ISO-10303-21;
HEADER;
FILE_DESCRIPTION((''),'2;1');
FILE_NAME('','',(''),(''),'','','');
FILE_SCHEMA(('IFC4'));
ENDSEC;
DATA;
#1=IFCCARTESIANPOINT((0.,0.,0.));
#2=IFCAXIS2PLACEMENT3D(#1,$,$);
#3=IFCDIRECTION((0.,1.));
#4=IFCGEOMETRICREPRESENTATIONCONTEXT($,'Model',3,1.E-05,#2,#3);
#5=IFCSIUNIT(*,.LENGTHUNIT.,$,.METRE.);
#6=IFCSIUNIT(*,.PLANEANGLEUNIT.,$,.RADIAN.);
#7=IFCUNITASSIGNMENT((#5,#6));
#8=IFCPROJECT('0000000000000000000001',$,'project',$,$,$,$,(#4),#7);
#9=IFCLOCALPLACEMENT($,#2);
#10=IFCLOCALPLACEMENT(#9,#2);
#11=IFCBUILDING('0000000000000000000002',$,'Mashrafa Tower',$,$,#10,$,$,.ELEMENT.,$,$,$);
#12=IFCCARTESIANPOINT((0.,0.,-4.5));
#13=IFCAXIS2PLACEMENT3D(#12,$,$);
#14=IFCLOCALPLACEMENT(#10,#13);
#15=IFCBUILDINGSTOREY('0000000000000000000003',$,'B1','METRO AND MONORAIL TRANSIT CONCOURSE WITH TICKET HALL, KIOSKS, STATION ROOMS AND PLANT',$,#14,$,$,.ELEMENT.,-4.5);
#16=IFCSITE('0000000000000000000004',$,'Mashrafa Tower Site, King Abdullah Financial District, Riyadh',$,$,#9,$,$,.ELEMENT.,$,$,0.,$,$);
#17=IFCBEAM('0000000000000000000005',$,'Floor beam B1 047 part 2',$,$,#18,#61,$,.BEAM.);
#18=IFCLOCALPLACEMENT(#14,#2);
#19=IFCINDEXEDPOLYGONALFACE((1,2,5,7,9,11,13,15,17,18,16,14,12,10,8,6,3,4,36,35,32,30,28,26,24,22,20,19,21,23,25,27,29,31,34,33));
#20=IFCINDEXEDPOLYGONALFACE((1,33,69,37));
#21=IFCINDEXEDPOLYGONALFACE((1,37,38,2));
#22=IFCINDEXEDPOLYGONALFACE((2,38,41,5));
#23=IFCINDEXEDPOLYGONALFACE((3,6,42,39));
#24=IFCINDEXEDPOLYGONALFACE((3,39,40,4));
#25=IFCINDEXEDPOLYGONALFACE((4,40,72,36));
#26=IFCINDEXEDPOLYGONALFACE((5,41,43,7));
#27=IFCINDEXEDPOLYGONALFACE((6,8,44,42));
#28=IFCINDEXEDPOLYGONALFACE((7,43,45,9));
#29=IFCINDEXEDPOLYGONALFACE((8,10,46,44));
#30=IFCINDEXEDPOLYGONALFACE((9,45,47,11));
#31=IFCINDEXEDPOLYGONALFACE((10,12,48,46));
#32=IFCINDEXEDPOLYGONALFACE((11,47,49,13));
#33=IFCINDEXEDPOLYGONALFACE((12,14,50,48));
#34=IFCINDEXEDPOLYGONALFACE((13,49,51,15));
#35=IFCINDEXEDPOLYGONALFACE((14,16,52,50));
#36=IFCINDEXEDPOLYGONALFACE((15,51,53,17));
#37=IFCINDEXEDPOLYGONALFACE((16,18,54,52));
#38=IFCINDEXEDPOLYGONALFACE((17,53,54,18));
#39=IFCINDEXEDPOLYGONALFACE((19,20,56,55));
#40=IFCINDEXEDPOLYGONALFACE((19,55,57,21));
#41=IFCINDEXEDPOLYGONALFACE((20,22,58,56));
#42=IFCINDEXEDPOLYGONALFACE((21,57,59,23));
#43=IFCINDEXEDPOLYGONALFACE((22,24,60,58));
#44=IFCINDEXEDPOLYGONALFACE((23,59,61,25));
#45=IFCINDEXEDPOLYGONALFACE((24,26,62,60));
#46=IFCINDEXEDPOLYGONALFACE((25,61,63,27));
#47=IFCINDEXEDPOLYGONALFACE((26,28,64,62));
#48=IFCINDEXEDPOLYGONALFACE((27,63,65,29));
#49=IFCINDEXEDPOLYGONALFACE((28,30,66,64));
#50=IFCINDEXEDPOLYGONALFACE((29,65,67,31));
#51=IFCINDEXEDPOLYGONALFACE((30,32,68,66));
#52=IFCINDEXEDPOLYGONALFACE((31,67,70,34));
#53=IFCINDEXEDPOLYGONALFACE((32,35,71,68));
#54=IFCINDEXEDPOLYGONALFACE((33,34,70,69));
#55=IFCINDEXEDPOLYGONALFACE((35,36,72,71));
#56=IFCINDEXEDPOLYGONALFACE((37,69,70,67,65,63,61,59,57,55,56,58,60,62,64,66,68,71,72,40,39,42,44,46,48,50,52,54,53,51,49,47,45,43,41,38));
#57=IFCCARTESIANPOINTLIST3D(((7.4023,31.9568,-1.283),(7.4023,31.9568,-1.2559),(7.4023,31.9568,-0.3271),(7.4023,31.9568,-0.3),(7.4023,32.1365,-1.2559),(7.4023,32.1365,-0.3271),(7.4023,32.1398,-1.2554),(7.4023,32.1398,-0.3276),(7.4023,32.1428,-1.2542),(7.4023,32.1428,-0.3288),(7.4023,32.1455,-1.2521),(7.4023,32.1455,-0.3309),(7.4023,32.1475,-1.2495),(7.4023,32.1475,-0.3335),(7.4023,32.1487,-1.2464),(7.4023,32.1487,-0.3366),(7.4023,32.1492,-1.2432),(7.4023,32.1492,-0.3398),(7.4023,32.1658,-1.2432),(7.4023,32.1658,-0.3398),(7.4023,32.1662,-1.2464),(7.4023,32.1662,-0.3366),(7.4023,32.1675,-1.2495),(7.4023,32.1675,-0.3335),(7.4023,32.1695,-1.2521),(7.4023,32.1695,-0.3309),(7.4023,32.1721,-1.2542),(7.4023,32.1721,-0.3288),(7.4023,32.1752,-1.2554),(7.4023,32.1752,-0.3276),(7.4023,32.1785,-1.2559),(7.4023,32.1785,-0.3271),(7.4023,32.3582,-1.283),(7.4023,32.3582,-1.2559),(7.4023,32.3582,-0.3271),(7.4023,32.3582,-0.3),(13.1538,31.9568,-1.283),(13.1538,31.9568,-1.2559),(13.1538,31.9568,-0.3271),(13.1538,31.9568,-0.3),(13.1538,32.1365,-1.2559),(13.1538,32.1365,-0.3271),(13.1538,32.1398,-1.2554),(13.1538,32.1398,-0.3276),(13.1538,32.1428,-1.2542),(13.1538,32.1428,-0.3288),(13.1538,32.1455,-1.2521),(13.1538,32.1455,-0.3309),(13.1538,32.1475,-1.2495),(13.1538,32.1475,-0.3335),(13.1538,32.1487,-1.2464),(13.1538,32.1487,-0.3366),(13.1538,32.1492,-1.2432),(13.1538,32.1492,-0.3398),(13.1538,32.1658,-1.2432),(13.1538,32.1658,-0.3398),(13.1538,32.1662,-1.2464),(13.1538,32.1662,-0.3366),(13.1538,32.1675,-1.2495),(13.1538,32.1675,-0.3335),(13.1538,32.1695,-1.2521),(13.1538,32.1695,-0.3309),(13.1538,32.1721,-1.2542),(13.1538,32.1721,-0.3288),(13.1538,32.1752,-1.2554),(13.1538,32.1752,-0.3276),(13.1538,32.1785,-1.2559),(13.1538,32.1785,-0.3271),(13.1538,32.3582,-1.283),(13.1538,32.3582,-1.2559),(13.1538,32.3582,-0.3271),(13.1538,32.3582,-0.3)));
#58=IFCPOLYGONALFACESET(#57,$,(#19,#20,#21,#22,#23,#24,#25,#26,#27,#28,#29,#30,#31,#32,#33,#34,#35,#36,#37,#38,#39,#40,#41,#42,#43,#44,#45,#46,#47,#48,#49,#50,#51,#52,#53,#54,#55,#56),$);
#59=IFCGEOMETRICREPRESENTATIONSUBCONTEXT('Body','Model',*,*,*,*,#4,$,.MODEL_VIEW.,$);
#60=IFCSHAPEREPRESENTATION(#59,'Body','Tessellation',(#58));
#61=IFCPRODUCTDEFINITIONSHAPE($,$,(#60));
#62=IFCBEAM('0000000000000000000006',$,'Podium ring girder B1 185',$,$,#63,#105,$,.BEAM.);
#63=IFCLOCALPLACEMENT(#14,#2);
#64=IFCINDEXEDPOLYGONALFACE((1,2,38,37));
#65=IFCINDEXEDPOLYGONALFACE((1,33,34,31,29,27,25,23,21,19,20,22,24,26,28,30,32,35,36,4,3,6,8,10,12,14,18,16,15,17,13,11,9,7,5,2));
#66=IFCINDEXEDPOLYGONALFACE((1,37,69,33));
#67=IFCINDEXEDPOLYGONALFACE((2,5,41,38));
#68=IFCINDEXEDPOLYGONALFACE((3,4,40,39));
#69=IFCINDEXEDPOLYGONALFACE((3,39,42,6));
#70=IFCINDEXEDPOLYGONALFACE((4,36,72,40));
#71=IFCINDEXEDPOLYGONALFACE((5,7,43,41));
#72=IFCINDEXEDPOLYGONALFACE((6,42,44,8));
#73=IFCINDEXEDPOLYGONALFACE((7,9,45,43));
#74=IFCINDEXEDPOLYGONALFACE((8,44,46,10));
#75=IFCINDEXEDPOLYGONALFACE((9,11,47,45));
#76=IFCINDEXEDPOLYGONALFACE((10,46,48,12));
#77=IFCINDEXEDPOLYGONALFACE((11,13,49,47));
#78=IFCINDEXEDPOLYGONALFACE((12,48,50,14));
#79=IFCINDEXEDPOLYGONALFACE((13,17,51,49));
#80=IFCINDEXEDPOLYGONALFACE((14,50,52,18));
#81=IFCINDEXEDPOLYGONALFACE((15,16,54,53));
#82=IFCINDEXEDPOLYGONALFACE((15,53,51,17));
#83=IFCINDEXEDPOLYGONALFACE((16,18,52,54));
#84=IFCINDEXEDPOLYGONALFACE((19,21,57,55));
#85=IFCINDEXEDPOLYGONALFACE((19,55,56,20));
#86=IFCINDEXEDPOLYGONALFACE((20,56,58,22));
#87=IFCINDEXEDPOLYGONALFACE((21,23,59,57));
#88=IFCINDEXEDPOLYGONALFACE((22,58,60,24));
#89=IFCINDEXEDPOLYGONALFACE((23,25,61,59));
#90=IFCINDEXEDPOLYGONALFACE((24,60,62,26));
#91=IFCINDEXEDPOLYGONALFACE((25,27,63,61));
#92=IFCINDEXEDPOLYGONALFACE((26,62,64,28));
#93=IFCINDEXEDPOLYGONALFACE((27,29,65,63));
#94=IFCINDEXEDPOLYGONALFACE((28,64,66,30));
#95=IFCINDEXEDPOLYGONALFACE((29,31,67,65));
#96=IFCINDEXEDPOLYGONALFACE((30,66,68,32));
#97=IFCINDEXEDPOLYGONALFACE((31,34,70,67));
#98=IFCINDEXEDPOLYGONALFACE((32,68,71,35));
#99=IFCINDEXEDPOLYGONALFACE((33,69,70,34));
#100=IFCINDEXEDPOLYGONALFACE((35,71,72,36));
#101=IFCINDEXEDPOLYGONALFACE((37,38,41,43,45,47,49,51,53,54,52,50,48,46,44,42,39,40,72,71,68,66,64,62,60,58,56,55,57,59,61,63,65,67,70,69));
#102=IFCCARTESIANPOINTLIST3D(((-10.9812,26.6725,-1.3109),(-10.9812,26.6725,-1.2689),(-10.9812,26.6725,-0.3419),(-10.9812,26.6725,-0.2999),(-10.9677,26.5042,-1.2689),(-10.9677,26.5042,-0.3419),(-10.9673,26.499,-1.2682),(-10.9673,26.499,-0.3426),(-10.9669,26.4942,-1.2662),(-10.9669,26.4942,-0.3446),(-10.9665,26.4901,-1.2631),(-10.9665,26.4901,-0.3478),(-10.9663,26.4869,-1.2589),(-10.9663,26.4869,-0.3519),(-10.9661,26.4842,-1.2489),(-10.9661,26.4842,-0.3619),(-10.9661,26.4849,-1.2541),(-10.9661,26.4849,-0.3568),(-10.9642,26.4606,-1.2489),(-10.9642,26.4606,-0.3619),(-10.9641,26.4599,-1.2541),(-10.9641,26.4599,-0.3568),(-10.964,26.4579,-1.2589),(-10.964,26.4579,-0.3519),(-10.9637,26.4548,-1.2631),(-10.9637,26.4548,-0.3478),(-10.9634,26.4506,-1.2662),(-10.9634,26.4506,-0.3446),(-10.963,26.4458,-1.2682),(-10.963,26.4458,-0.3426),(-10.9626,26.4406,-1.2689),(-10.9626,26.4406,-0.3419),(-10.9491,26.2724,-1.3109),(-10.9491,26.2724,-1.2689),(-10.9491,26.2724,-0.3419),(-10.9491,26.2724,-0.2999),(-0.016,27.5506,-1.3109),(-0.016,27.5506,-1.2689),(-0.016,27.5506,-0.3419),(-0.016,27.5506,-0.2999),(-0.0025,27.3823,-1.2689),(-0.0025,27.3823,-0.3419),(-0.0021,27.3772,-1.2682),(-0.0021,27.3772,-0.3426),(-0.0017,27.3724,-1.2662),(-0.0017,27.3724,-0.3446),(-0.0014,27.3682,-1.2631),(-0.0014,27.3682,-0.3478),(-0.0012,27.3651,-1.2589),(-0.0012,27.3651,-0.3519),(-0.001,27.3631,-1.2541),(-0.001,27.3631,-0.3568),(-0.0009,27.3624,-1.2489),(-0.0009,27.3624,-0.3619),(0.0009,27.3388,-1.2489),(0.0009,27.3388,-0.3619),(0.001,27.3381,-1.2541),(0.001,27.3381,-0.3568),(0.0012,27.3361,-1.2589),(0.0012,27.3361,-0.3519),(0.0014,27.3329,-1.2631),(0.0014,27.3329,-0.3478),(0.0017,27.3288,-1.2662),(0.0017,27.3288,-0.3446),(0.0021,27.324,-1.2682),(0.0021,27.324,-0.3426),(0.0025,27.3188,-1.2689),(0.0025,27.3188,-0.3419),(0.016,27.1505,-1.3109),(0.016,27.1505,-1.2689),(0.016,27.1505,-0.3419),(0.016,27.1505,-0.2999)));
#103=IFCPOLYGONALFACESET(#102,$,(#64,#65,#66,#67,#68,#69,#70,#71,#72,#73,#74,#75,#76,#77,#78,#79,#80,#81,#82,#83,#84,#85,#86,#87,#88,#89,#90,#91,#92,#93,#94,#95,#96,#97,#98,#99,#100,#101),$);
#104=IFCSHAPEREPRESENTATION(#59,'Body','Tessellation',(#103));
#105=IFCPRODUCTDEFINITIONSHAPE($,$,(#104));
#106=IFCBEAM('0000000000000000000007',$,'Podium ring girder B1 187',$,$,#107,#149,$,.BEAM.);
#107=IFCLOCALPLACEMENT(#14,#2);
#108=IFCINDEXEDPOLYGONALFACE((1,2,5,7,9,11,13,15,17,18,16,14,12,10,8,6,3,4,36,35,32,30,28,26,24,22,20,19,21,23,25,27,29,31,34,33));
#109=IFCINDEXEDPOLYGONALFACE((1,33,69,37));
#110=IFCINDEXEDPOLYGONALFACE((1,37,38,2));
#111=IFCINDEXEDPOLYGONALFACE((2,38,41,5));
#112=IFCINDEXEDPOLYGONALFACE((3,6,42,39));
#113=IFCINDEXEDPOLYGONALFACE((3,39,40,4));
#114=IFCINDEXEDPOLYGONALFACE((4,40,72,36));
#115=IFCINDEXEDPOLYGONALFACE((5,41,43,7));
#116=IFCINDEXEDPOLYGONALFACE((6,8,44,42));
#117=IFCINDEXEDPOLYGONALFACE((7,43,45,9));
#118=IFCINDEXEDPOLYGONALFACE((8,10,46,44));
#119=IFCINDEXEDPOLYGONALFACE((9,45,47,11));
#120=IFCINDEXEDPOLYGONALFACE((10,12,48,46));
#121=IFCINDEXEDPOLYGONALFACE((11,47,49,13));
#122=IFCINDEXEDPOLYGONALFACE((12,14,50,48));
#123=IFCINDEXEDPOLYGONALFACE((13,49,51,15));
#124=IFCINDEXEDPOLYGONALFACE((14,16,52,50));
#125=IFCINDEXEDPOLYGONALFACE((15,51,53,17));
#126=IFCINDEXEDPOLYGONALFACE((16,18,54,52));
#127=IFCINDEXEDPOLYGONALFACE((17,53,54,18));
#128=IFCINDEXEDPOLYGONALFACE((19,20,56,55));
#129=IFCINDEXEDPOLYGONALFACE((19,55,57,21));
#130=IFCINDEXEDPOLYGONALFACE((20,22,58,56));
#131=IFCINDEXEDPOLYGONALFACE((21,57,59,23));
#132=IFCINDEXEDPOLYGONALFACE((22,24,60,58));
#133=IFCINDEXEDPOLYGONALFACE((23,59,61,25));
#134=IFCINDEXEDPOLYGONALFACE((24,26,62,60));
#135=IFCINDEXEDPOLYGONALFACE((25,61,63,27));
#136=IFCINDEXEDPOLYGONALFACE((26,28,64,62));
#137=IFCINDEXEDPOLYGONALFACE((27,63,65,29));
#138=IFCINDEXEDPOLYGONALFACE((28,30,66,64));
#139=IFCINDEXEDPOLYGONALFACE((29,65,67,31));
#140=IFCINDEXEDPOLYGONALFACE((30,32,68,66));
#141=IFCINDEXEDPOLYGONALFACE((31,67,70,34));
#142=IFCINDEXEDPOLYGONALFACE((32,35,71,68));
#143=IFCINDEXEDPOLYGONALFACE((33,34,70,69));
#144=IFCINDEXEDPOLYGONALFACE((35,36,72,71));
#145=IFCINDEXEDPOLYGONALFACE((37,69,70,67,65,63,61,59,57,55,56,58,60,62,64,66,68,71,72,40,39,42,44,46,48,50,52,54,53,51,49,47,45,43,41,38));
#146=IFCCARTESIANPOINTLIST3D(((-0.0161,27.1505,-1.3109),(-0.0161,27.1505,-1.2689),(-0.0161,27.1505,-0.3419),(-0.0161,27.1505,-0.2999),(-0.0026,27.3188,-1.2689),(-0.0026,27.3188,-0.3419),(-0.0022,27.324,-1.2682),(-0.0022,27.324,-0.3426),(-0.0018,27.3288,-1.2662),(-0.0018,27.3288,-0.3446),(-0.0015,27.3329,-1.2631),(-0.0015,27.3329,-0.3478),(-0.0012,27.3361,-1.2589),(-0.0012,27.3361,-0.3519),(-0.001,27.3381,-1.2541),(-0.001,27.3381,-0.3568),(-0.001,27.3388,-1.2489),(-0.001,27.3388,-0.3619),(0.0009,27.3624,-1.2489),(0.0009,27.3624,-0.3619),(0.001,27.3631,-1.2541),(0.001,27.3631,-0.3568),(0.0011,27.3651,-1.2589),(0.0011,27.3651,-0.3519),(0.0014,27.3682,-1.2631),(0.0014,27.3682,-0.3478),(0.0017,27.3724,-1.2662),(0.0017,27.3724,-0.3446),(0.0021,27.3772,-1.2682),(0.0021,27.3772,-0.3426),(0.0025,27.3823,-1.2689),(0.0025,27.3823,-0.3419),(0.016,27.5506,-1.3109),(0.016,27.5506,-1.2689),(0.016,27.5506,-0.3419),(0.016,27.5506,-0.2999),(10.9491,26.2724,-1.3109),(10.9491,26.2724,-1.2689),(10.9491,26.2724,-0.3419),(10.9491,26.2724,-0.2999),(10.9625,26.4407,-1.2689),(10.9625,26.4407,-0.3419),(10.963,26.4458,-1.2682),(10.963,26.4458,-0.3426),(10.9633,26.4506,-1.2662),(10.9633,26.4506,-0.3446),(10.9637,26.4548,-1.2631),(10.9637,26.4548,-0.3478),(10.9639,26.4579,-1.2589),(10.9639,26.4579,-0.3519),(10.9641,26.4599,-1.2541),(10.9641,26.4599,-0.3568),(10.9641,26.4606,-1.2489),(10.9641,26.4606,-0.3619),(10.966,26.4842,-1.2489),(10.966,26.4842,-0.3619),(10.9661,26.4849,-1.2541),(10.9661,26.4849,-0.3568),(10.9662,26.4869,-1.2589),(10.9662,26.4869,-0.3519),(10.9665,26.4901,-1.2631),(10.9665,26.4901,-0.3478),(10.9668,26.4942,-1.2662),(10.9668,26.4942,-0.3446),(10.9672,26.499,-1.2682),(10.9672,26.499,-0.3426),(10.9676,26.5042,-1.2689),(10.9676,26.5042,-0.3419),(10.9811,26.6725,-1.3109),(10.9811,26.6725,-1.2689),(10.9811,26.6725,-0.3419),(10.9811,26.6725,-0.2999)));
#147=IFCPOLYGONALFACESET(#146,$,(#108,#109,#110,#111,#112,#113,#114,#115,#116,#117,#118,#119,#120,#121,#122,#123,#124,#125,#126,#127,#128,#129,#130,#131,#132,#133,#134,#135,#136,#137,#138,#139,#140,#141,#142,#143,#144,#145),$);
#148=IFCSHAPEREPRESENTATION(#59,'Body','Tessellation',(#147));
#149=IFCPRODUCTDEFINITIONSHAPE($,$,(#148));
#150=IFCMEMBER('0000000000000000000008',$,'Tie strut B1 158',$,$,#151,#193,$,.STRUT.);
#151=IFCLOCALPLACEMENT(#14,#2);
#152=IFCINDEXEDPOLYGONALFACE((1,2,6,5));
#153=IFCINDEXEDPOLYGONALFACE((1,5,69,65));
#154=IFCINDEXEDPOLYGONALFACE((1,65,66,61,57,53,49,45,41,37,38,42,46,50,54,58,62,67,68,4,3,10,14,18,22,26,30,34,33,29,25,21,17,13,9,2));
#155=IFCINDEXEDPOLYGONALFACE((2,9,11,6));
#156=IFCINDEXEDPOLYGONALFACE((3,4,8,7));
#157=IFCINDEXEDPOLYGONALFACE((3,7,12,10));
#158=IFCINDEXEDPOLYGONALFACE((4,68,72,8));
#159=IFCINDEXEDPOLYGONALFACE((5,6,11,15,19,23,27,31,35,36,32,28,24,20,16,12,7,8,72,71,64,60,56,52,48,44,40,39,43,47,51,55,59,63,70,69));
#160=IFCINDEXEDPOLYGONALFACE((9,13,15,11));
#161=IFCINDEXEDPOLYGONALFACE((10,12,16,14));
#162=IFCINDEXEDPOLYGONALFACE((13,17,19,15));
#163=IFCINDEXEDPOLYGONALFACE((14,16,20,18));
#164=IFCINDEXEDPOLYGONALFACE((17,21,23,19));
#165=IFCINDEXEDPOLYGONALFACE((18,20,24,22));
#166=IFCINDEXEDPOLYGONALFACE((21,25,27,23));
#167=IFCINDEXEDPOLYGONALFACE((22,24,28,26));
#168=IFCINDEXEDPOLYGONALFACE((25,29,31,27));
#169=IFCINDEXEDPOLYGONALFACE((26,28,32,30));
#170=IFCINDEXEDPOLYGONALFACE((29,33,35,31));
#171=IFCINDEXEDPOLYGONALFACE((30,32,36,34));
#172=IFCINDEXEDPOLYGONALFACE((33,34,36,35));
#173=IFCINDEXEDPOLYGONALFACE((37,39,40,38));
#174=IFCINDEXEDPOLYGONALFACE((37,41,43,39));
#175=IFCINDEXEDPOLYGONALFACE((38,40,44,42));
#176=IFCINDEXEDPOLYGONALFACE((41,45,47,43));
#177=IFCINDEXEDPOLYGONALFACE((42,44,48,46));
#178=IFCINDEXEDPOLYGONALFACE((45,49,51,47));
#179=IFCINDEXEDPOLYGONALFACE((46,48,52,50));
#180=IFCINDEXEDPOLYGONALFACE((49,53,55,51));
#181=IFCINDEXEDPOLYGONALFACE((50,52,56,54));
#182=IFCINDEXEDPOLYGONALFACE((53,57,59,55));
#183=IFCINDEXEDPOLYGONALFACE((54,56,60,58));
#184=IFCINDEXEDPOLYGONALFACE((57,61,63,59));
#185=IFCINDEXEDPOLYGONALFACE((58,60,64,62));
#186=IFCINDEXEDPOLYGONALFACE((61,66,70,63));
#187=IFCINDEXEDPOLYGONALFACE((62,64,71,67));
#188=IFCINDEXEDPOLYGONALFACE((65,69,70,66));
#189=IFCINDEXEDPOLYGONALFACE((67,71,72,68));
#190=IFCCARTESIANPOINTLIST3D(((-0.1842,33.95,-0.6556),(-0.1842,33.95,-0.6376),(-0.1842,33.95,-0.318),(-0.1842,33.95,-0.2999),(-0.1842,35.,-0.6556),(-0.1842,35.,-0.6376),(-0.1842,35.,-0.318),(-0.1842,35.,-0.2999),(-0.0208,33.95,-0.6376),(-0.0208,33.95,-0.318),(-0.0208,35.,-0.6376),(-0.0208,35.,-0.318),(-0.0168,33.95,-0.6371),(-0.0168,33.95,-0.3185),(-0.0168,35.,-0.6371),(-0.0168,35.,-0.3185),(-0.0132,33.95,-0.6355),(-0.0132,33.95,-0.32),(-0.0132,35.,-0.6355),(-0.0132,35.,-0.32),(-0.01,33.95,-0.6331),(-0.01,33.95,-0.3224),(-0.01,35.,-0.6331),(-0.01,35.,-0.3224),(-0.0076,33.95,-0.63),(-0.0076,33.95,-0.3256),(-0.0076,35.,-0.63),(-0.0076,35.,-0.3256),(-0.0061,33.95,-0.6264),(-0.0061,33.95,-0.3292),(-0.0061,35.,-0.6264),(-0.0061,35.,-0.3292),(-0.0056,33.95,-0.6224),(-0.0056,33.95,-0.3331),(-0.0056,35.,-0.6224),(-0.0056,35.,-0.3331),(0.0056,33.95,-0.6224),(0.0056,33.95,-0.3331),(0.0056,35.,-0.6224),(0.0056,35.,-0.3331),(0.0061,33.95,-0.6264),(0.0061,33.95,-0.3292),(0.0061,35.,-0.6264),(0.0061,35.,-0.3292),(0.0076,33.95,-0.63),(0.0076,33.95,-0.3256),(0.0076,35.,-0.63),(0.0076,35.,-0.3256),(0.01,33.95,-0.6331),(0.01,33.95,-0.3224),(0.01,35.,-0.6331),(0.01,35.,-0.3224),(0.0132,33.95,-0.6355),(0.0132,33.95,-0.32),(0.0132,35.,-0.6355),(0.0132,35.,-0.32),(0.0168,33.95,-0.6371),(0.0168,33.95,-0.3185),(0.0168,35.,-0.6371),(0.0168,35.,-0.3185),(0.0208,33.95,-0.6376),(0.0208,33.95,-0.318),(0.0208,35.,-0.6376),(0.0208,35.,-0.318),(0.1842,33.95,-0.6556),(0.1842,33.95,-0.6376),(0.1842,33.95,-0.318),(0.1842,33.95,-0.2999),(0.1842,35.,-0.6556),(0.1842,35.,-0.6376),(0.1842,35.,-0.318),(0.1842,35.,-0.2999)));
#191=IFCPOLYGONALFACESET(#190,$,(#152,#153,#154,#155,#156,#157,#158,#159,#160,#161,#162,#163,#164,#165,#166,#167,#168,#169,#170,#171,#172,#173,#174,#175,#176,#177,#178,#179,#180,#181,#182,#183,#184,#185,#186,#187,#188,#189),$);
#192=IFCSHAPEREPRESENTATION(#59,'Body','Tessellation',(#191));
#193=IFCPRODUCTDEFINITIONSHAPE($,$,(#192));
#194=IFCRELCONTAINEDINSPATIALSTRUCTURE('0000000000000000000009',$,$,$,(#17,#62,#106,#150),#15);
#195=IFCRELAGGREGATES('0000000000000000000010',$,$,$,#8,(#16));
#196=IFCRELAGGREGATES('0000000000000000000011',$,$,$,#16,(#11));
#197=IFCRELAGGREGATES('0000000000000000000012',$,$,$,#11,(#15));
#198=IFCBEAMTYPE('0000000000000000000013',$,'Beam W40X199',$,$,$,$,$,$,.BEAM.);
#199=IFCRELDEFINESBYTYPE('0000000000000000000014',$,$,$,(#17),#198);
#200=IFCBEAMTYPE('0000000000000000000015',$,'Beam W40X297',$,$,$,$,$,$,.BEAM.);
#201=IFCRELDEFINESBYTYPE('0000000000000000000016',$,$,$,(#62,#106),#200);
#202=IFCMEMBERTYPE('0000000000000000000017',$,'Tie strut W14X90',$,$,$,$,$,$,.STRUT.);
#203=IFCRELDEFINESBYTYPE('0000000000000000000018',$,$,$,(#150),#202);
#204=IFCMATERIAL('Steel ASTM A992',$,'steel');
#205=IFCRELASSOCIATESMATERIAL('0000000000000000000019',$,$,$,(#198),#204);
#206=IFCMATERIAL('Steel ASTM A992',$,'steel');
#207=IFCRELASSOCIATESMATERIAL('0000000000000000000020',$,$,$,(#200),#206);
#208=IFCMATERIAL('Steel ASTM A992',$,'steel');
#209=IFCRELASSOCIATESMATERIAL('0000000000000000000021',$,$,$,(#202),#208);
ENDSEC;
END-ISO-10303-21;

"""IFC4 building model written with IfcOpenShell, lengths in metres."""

from ifc_helpers import new_model, si_unit, direction, frame, origin, origin_2d, place, context, subcontext, project, spatial, i_section, extrude, source, transform, mapped, material, material_profile, profile_set, type_object, element, save


model = new_model("IFC4")

# Units and contexts
model_context = context("Model", 3, precision=1e-05, world=origin(), true_north=direction((0.0, 1.0)))
body_context = subcontext(model_context, "Body", "Model", "MODEL_VIEW")
ifc_project = project(units=[si_unit("LENGTHUNIT", "METRE"), si_unit("PLANEANGLEUNIT", "RADIAN")], contexts=[model_context])

# Site, building, storey
site_placement = place(None, origin())
site = spatial("IfcSite", under=ifc_project, at=site_placement, Name="Mashrafa Tower Site, King Abdullah Financial District, Riyadh", CompositionType="ELEMENT", RefElevation=0.0)
building_placement = place(site_placement, origin())
building = spatial("IfcBuilding", under=site, at=building_placement, Name="Mashrafa Tower", CompositionType="ELEMENT")
storey_placement = place(building_placement, frame((0.0, 0.0, -4.5)))
storey = spatial("IfcBuildingStorey", under=building, at=storey_placement, Name="B1", Description="METRO AND MONORAIL TRANSIT CONCOURSE WITH TICKET HALL, KIOSKS, STATION ROOMS AND PLANT", CompositionType="ELEMENT", Elevation=-4.5)

# Beams
ifc_material_1 = material(Name="Steel ASTM A992", Category="steel")
ifc_material_profile_1 = material_profile(ifc_material_1, i_section(OverallWidth=0.4014, OverallDepth=0.9829, WebThickness=0.0166, FlangeThickness=0.0271, FilletRadius=0.0127, at=origin_2d()), Name="W40X199")
ifc_profile_set_1 = profile_set([ifc_material_profile_1], Name="Steel ASTM A992")
beam_type_1 = type_object("IfcBeamType", Name="Beam W40X199", PredefinedType="BEAM", material=ifc_profile_set_1)
beam_1_placement = place(storey_placement, frame((7.4023, 32.1575, -0.7915), z_axis=(1.0, 0.0, 0.0), x_axis=(0.0, 1.0, 0.0)))
element("IfcBeam", 1, at=beam_1_placement, inside=storey, type_object=beam_type_1, Name="Floor beam B1 047 part 2", PredefinedType="BEAM", context=body_context, shape_type="SweptSolid", body=[
    extrude(i_section(OverallWidth=0.4014, OverallDepth=0.9829, WebThickness=0.0166, FlangeThickness=0.0271, FilletRadius=0.0127, at=origin_2d()), origin(), (0.0, 0.0, 1.0), 5.7515),
])
ifc_material_2 = material(Name="Steel ASTM A992", Category="steel")
ifc_material_profile_2 = material_profile(ifc_material_2, i_section(OverallWidth=0.4014, OverallDepth=1.011, WebThickness=0.0237, FlangeThickness=0.042, FilletRadius=0.02, at=origin_2d()), Name="W40X297")
ifc_profile_set_2 = profile_set([ifc_material_profile_2], Name="Steel ASTM A992")
beam_type_2 = type_object("IfcBeamType", Name="Beam W40X297", PredefinedType="BEAM", material=ifc_profile_set_2)
for number, where, z_axis, x_axis, name in (
    (2, (0.0, 27.3506, -0.8054), (-0.996808, -0.079833, 0.0), (0.079833, -0.996808, 0.0), "Podium ring girder B1 185"),
    (3, (10.9651, 26.4724, -0.8054), (-0.996808, 0.079833, 0.0), (-0.079833, -0.996808, 0.0), "Podium ring girder B1 187"),
):
    element("IfcBeam", number, at=place(storey_placement, frame(where, z_axis=z_axis, x_axis=x_axis)), inside=storey, type_object=beam_type_2, Name=name, PredefinedType="BEAM", context=body_context, shape_type="SweptSolid", body=[
        extrude(i_section(OverallWidth=0.4014, OverallDepth=1.011, WebThickness=0.0237, FlangeThickness=0.042, FilletRadius=0.02, at=origin_2d()), origin(), (0.0, 0.0, 1.0), 11.0002),
    ])

# Member
ifc_material_3 = material(Name="Steel ASTM A992", Category="steel")
ifc_material_profile_3 = material_profile(ifc_material_3, i_section(OverallWidth=0.3684, OverallDepth=0.3557, WebThickness=0.0112, FlangeThickness=0.0181, FilletRadius=0.0151, at=origin_2d()), Name="W14X90")
ifc_profile_set_3 = profile_set([ifc_material_profile_3], Name="Steel ASTM A992")
member_type = type_object("IfcMemberType", Name="Tie strut W14X90", PredefinedType="STRUT", material=ifc_profile_set_3)
shared_shape_1 = source(origin(), body_context, "Body", "SweptSolid", [
    extrude(i_section(OverallWidth=0.3684, OverallDepth=0.3557, WebThickness=0.0112, FlangeThickness=0.0181, FilletRadius=0.0151, at=origin_2d()), origin(), (0.0, 0.0, 1.0), 1.05),
])
member_1_placement = place(storey_placement, frame((0.0, 33.95, -0.4778), z_axis=(0.0, 1.0, 0.0), x_axis=(-1.0, 0.0, 0.0)))
element("IfcMember", 4, at=member_1_placement, inside=storey, type_object=member_type, Name="Tie strut B1 158", PredefinedType="STRUT", context=body_context, shape_type="MappedRepresentation", body=[
    mapped(shared_shape_1, transform((0.0, 0.0, 0.0))),
])

save(model, "model.ifc")
